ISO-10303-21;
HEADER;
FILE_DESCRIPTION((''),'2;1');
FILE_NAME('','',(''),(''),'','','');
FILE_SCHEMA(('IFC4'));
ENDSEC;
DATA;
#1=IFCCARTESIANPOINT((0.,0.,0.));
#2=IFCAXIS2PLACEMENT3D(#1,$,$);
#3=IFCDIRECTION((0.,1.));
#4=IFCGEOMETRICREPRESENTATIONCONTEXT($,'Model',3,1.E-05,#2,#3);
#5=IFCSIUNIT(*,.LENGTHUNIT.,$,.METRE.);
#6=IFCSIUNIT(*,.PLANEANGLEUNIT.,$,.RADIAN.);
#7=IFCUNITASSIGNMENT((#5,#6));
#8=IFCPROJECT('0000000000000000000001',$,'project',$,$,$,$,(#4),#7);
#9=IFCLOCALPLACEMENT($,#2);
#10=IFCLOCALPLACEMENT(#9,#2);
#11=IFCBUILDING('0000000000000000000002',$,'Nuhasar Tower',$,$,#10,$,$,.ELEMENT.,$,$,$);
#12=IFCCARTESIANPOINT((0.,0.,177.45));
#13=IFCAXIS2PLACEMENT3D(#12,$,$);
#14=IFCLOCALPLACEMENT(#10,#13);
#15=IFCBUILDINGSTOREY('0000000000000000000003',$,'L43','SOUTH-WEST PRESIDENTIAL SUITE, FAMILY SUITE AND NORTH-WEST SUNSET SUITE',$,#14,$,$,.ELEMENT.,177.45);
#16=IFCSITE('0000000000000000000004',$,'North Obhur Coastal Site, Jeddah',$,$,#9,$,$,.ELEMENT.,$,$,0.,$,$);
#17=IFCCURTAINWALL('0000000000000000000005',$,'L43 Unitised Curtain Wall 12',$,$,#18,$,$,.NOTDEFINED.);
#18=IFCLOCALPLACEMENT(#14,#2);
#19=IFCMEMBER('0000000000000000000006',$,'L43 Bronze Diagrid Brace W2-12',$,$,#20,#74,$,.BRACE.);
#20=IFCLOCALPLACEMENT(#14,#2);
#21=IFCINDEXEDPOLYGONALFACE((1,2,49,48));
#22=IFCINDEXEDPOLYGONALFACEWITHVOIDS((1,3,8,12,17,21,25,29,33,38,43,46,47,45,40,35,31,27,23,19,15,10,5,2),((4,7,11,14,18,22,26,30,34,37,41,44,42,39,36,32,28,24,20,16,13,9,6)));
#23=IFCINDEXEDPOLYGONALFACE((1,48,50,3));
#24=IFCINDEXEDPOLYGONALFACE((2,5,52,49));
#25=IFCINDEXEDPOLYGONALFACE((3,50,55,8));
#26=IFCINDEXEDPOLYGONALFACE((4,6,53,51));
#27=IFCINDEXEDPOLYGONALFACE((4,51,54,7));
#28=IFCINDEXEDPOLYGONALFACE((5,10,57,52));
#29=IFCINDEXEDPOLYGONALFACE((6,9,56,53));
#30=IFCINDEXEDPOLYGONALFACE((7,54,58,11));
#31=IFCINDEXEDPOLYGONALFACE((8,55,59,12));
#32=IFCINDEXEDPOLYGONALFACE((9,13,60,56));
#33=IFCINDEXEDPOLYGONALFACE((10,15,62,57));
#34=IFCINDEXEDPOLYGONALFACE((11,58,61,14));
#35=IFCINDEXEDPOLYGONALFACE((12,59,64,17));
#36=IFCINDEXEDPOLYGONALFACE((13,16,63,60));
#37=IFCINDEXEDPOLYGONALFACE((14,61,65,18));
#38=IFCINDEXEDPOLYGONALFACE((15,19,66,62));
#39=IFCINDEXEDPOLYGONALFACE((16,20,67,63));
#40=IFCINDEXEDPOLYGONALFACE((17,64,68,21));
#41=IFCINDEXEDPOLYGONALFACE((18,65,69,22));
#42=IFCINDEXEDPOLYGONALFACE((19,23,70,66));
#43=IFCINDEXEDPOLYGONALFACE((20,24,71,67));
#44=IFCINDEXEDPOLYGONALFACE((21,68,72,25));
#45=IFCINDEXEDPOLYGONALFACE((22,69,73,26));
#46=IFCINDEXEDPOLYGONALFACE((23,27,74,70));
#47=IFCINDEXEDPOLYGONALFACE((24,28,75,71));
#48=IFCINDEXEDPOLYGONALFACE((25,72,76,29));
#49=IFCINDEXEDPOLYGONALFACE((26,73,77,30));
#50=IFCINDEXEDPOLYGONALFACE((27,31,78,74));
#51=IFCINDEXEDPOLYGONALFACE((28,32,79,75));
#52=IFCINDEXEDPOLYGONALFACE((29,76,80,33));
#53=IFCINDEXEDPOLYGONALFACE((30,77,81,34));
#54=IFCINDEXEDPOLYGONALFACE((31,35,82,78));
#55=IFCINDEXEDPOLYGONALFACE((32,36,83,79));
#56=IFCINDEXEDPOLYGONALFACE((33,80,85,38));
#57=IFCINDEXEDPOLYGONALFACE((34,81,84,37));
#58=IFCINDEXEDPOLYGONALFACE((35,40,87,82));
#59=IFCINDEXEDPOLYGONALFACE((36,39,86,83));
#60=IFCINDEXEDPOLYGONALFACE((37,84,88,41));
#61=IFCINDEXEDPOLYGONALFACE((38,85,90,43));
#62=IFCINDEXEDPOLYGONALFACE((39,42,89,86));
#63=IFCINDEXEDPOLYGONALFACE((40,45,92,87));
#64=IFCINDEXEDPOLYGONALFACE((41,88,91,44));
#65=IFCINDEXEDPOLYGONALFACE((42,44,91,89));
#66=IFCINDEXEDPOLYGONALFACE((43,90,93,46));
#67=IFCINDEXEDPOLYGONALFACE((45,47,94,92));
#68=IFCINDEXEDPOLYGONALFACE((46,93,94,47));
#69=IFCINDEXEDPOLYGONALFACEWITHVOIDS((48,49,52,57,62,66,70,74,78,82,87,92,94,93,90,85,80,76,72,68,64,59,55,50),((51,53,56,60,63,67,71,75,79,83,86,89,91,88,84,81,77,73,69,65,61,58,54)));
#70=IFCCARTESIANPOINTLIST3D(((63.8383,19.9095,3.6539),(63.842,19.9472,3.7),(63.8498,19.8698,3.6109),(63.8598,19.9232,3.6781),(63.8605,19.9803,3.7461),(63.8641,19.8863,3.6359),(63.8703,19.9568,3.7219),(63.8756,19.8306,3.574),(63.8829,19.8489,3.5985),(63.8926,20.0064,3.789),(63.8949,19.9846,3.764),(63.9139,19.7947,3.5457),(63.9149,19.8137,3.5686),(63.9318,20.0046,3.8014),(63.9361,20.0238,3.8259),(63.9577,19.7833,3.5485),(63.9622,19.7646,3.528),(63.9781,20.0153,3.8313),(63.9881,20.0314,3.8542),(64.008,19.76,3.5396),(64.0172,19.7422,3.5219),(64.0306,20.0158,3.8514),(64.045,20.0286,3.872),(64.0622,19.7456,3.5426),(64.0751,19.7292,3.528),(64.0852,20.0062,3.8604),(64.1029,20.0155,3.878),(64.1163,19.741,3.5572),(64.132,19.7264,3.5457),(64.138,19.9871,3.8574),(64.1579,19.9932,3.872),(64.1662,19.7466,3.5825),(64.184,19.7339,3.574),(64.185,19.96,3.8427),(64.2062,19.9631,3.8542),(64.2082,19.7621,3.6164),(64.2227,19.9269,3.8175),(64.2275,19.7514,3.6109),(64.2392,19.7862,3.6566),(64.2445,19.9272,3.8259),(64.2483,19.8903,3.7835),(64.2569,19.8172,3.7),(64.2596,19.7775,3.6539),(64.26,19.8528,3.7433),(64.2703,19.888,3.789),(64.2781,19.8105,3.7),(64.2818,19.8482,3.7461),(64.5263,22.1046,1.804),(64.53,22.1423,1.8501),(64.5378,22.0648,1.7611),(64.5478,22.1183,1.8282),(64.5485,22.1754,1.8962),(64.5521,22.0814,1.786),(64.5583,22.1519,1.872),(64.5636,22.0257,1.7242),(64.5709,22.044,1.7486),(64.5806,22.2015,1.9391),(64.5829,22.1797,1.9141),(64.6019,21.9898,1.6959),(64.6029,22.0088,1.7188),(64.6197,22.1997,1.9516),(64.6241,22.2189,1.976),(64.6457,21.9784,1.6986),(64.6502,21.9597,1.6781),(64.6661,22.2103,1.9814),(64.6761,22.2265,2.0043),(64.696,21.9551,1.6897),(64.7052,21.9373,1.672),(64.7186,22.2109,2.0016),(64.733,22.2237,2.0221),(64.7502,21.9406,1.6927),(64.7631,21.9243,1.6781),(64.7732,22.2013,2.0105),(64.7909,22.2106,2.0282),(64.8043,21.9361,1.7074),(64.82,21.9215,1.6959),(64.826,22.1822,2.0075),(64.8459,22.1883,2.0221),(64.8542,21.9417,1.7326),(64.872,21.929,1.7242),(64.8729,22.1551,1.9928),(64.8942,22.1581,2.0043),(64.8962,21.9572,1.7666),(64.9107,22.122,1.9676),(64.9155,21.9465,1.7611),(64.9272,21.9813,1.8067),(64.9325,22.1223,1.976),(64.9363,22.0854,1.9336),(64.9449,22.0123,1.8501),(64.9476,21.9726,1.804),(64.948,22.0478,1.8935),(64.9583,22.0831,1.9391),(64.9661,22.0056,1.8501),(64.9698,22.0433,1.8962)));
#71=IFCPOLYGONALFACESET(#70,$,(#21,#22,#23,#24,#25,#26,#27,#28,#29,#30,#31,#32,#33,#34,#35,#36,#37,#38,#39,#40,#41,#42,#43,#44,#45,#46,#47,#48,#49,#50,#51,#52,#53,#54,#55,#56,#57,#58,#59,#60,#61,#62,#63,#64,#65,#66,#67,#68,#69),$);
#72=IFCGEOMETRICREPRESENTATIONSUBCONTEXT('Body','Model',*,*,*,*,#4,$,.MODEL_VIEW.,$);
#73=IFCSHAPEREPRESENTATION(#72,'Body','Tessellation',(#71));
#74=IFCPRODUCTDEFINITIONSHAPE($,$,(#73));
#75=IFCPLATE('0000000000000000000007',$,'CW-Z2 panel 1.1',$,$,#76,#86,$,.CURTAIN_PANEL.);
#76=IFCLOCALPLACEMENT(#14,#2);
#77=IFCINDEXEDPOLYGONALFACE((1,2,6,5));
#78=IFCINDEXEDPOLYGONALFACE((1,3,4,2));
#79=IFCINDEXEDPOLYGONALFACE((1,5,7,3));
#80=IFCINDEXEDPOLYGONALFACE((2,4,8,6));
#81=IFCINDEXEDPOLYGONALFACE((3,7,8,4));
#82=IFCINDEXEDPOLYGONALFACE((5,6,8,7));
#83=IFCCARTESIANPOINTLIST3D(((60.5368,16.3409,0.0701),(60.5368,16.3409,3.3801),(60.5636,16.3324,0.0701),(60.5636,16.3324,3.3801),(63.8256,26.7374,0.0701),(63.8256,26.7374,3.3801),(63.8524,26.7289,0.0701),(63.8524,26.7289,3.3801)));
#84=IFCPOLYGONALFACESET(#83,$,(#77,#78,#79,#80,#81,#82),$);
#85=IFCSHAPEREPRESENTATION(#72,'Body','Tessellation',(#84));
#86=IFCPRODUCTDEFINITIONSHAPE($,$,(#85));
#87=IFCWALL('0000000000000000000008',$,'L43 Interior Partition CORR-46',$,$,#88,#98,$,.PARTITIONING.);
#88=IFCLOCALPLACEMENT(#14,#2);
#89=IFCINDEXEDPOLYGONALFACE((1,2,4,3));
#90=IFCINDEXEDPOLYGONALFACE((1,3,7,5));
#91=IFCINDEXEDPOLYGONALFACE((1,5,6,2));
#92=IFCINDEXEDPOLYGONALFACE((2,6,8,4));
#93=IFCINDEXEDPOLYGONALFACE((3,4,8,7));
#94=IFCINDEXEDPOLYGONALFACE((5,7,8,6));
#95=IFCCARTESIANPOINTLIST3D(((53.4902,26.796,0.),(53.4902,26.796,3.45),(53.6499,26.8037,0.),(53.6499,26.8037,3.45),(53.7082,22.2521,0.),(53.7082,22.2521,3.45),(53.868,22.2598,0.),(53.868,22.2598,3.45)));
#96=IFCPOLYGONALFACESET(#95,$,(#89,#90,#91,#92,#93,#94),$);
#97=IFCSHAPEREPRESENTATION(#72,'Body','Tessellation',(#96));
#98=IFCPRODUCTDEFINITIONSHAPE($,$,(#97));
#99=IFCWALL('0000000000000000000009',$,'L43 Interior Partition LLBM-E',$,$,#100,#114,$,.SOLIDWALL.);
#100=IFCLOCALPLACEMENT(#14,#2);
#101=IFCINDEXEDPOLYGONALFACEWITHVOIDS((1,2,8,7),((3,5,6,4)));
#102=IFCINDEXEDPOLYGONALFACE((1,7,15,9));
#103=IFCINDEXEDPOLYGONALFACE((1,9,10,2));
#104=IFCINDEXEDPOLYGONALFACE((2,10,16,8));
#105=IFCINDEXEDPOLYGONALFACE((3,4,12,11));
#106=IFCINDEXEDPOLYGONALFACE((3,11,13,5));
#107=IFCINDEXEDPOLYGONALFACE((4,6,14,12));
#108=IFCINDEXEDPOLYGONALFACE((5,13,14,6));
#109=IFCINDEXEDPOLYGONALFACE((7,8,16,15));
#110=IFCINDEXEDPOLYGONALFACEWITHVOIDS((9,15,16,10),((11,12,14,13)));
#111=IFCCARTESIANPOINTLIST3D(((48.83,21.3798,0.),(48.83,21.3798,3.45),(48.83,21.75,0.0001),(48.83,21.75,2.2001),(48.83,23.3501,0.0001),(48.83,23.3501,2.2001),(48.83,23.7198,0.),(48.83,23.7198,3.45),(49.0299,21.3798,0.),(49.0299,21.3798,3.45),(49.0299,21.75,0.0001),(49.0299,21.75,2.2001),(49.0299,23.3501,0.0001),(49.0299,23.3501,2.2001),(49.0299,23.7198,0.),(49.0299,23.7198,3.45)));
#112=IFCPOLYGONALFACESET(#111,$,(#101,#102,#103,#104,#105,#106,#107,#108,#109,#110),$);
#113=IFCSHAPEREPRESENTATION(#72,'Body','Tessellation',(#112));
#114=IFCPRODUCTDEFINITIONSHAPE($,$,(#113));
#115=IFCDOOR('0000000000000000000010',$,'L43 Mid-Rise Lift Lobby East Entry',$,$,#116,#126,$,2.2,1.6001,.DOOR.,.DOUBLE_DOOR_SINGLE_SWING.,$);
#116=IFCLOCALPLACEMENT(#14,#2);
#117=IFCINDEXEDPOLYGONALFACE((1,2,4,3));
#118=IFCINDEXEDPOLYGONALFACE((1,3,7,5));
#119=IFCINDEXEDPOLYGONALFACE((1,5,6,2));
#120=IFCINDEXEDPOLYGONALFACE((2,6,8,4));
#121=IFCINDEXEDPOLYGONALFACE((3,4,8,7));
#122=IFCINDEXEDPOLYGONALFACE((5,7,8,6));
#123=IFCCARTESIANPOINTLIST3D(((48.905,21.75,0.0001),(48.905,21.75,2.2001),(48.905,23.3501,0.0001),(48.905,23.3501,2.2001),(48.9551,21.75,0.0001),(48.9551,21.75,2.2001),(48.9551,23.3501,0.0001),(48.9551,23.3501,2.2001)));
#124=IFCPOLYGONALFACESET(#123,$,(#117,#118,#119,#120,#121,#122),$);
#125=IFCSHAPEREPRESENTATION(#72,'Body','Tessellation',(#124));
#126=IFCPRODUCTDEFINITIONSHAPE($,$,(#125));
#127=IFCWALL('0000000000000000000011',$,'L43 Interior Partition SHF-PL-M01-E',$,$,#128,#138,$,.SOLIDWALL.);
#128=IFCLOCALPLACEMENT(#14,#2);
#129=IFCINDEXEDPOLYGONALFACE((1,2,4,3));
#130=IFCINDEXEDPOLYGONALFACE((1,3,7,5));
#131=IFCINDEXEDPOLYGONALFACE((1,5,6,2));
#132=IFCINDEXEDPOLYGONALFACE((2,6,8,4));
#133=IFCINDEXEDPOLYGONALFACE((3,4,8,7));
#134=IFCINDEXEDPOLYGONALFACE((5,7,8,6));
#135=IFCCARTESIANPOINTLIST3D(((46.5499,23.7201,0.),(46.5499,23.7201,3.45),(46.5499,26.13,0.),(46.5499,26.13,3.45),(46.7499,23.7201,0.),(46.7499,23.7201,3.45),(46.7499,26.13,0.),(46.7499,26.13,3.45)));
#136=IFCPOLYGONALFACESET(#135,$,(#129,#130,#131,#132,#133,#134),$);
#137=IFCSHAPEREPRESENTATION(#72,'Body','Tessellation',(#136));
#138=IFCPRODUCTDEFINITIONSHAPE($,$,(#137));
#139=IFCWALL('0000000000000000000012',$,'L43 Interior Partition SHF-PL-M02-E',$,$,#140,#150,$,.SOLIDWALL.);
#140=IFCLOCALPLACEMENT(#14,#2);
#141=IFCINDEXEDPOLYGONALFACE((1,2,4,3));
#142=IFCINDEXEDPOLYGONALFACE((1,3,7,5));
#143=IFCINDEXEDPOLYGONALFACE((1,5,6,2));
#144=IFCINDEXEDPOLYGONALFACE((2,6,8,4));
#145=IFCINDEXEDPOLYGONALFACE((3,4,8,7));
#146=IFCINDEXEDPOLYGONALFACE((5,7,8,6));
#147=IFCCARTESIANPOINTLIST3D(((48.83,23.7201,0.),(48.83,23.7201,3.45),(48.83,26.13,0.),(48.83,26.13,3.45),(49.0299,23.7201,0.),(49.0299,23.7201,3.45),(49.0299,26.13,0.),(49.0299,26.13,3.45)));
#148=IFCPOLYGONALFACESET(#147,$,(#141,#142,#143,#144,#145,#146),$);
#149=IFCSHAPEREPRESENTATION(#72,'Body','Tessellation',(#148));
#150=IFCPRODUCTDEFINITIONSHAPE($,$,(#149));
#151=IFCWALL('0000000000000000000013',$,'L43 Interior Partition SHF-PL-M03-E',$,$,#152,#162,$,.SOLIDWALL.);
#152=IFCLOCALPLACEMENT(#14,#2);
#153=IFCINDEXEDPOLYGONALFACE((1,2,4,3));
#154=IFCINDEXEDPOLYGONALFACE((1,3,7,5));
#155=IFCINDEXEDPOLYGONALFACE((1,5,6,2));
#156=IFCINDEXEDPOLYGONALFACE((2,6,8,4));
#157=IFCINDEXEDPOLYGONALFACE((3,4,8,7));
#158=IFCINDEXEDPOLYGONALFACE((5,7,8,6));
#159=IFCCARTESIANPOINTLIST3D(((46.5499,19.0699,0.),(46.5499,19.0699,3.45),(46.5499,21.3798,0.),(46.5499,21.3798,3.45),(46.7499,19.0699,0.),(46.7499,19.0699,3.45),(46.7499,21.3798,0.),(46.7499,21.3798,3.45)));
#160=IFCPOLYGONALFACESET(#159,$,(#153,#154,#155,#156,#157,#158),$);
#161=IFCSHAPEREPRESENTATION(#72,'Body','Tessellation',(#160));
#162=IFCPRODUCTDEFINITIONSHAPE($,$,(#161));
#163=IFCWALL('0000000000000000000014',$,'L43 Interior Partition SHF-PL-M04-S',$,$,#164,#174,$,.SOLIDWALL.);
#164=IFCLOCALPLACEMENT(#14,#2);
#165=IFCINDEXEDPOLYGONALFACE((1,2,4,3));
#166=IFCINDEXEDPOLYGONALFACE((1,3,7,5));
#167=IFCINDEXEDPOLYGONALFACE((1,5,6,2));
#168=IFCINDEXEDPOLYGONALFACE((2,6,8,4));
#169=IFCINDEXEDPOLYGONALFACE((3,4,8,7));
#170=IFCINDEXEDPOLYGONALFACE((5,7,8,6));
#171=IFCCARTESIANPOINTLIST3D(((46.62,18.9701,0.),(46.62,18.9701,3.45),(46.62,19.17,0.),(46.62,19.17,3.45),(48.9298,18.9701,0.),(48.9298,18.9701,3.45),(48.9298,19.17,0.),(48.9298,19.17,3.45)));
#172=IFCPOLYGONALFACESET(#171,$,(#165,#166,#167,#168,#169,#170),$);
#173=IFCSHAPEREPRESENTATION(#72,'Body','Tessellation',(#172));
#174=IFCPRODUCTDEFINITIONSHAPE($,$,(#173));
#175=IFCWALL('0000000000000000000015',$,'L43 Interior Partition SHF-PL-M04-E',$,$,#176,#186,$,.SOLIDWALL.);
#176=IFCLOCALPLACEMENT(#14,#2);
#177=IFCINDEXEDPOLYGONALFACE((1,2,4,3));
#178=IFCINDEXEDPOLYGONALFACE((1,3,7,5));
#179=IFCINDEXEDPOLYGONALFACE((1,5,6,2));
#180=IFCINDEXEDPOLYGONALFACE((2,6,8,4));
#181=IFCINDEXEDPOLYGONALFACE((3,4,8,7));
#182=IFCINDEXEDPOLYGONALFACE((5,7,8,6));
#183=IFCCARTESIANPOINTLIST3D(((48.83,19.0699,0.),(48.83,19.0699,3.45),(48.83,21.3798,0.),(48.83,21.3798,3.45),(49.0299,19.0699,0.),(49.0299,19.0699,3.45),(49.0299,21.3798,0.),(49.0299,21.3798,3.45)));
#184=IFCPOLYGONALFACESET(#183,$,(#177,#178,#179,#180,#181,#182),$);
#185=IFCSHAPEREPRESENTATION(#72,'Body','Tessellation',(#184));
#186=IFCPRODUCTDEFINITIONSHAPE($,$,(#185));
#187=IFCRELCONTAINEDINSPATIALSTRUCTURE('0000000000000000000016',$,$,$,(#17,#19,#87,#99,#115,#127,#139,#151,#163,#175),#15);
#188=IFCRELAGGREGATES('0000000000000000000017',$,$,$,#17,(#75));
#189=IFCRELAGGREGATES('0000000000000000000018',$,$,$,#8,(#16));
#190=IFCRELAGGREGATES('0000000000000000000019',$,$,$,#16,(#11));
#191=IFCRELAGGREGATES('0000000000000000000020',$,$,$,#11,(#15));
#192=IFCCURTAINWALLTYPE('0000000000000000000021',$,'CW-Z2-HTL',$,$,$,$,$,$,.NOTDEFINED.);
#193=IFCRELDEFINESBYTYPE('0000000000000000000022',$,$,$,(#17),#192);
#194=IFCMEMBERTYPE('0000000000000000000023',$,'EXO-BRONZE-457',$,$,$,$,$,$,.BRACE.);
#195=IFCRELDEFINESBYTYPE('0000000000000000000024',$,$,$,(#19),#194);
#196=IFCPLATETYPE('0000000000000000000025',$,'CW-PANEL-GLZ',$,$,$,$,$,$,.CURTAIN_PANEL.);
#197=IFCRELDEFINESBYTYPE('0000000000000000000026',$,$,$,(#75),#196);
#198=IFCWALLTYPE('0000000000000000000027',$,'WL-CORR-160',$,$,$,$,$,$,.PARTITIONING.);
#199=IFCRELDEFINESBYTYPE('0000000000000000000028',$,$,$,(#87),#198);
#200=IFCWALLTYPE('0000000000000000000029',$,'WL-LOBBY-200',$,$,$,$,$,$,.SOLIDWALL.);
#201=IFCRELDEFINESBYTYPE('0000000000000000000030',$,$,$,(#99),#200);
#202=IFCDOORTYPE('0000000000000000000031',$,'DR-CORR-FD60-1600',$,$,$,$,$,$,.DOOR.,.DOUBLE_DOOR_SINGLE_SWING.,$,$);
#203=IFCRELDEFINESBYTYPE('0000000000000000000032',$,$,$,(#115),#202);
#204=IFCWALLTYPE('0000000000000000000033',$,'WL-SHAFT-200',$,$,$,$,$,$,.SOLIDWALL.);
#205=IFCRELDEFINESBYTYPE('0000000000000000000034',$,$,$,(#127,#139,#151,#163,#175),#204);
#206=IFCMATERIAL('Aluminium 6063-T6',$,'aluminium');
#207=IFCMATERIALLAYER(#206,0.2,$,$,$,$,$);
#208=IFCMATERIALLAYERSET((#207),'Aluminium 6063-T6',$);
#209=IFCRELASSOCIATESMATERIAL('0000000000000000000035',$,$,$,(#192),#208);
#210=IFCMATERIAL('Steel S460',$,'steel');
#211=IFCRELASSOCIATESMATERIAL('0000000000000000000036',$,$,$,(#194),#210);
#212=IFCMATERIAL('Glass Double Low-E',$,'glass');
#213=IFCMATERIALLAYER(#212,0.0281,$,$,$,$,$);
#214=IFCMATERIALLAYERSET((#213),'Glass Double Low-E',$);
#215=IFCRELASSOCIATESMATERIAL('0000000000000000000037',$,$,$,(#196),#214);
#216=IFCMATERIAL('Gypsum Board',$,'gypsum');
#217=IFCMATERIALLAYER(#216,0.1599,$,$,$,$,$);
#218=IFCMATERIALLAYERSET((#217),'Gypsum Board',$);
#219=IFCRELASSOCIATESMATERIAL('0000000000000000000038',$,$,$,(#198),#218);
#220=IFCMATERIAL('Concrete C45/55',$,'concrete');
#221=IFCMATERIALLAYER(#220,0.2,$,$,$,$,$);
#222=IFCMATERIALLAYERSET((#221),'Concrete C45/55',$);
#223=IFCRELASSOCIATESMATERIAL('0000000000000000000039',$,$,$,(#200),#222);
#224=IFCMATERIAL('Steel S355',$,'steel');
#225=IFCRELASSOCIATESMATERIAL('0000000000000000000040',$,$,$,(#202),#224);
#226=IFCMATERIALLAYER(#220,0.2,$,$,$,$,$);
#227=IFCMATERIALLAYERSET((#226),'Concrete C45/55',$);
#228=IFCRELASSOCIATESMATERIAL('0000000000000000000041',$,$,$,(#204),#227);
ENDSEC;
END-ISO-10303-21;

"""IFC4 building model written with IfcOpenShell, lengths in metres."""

from ifc_helpers import new_model, si_unit, direction, frame, frame_2d, origin, origin_2d, place, context, subcontext, project, spatial, rectangle, hollow_circle, extrude, material, layer, layer_set, material_profile, profile_set, type_object, element, fill, aggregate, save


model = new_model("IFC4")

# Units and contexts
model_context = context("Model", 3, precision=1e-05, world=origin(), true_north=direction((0.0, 1.0)))
body_context = subcontext(model_context, "Body", "Model", "MODEL_VIEW")
ifc_project = project(units=[si_unit("LENGTHUNIT", "METRE"), si_unit("PLANEANGLEUNIT", "RADIAN")], contexts=[model_context])

# Site, building, storey
site_placement = place(None, origin())
site = spatial("IfcSite", under=ifc_project, at=site_placement, Name="North Obhur Coastal Site, Jeddah", CompositionType="ELEMENT", RefElevation=0.0)
building_placement = place(site_placement, origin())
building = spatial("IfcBuilding", under=site, at=building_placement, Name="Nuhasar Tower", CompositionType="ELEMENT")
storey_placement = place(building_placement, frame((0.0, 0.0, 177.45)))
storey = spatial("IfcBuildingStorey", under=building, at=storey_placement, Name="L43", Description="SOUTH-WEST PRESIDENTIAL SUITE, FAMILY SUITE AND NORTH-WEST SUNSET SUITE", CompositionType="ELEMENT", Elevation=177.45)

# Shared definitions
ifc_material_1 = material(Name="Steel S355", Category="steel")

# Curtain wall
ifc_material_2 = material(Name="Aluminium 6063-T6", Category="aluminium")
ifc_layer_1 = layer(ifc_material_2, 0.2)
ifc_layer_set_1 = layer_set([ifc_layer_1], Name="Aluminium 6063-T6")
curtain_wall_type = type_object("IfcCurtainWallType", Name="CW-Z2-HTL", PredefinedType="NOTDEFINED", material=ifc_layer_set_1)
curtain_wall_placement = place(storey_placement, origin())
curtain_wall = element("IfcCurtainWall", 1, at=curtain_wall_placement, inside=storey, type_object=curtain_wall_type, Name="L43 Unitised Curtain Wall 12", PredefinedType="NOTDEFINED")

# Member
ifc_material_3 = material(Name="Steel S460", Category="steel")
ifc_material_profile_1 = material_profile(ifc_material_3, hollow_circle(Radius=0.2285, WallThickness=0.0222, at=origin_2d()), Name="HSS457X22.2")
ifc_profile_set_1 = profile_set([ifc_material_profile_1], Name="Steel S460")
member_type_1 = type_object("IfcMemberType", Name="EXO-BRONZE-457", PredefinedType="BRACE", material=ifc_profile_set_1)
member_1_placement = place(storey_placement, frame((64.748, 22.074, 1.8501), z_axis=(-0.233068, -0.743616, 0.626669), x_axis=(0.954228, -0.299079, 0.0)))
element("IfcMember", 2, at=member_1_placement, inside=storey, type_object=member_type_1, Name="L43 Bronze Diagrid Brace W2-12", PredefinedType="BRACE", context=body_context, shape_type="SweptSolid", body=[
    extrude(hollow_circle(Radius=0.2285, WallThickness=0.0222, at=origin_2d()), origin(), (0.0, 0.0, 1.0), 2.9519),
])

# Plate
ifc_material_4 = material(Name="Glass Double Low-E", Category="glass")
ifc_layer_2 = layer(ifc_material_4, 0.0281)
ifc_layer_set_2 = layer_set([ifc_layer_2], Name="Glass Double Low-E")
plate_type = type_object("IfcPlateType", Name="CW-PANEL-GLZ", PredefinedType="CURTAIN_PANEL", material=ifc_layer_set_2)
plate_placement = place(storey_placement, frame((62.1946, 21.5349, 0.0701), z_axis=(0.0, 0.0, 1.0), x_axis=(0.301604, 0.953433, 0.0)))
plate = element("IfcPlate", 3, at=plate_placement, type_object=plate_type, Name="CW-Z2 panel 1.1", PredefinedType="CURTAIN_PANEL", context=body_context, shape_type="SweptSolid", body=[
    extrude(rectangle(XDim=10.9043, YDim=0.0281, at=origin_2d()), origin(), (0.0, 0.0, 1.0), 3.3101),
])
aggregate(curtain_wall, [plate])

# Shared definitions
ifc_material_5 = material(Name="Gypsum Board", Category="gypsum")
ifc_layer_3 = layer(ifc_material_5, 0.1599)
ifc_layer_set_3 = layer_set([ifc_layer_3], Name="Gypsum Board")
wall_type_1 = type_object("IfcWallType", Name="WL-CORR-160", PredefinedType="PARTITIONING", material=ifc_layer_set_3)

# Wall
wall_1_placement = place(storey_placement, frame((53.7881, 22.2561, 0.0), z_axis=(0.0, 0.0, 1.0), x_axis=(-0.047925, 0.998851, 0.0)))
element("IfcWall", 4, at=wall_1_placement, inside=storey, type_object=wall_type_1, Name="L43 Interior Partition CORR-46", PredefinedType="PARTITIONING", context=body_context, shape_type="SweptSolid", body=[
    extrude(rectangle(XDim=4.5491, YDim=0.1599, at=frame_2d((2.2744, 0.0))), origin(), (0.0, 0.0, 1.0), 3.45),
])

# Wall, opening, door
ifc_material_6 = material(Name="Concrete C45/55", Category="concrete")
ifc_layer_4 = layer(ifc_material_6, 0.2)
ifc_layer_set_4 = layer_set([ifc_layer_4], Name="Concrete C45/55")
wall_type_2 = type_object("IfcWallType", Name="WL-LOBBY-200", PredefinedType="SOLIDWALL", material=ifc_layer_set_4)
wall_2_placement = place(storey_placement, frame((48.9299, 21.3799, 0.0), z_axis=(0.0, 0.0, 1.0), x_axis=(0.0, 1.0, 0.0)))
wall_2 = element("IfcWall", 5, at=wall_2_placement, inside=storey, type_object=wall_type_2, Name="L43 Interior Partition LLBM-E", PredefinedType="SOLIDWALL", context=body_context, shape_type="SweptSolid", body=[
    extrude(rectangle(XDim=2.3401, YDim=0.2, at=frame_2d((1.1699, 0.0))), origin(), (0.0, 0.0, 1.0), 3.45),
])
opening_1_placement = place(wall_2_placement, frame((0.3701, 0.0, 0.0)))
opening_1 = element("IfcOpeningElement", 6, at=opening_1_placement, cuts=wall_2, PredefinedType="OPENING", context=body_context, shape_type="SweptSolid", body=[
    extrude(rectangle(XDim=1.6001, YDim=2.2, at=frame_2d((0.8, 1.1001))), frame((0.0, 0.1099, 0.0), z_axis=(0.0, -1.0, 0.0), x_axis=(1.0, 0.0, 0.0)), (0.0, 0.0, 1.0), 0.22),
])
door_type_1 = type_object("IfcDoorType", Name="DR-CORR-FD60-1600", OperationType="DOUBLE_DOOR_SINGLE_SWING", PredefinedType="DOOR", material=ifc_material_1)
door_1_placement = place(opening_1_placement, origin())
door_1 = element("IfcDoor", 7, at=door_1_placement, inside=storey, type_object=door_type_1, Name="L43 Mid-Rise Lift Lobby East Entry", OperationType="DOUBLE_DOOR_SINGLE_SWING", OverallHeight=2.2, OverallWidth=1.6001, PredefinedType="DOOR", context=body_context, shape_type="SweptSolid", body=[
    extrude(rectangle(XDim=1.6001, YDim=2.2, at=frame_2d((0.8, 1.1001))), frame((0.0, 0.0249, 0.0), z_axis=(0.0, -1.0, 0.0), x_axis=(1.0, 0.0, 0.0)), (0.0, 0.0, 1.0), 0.05),
])
fill(opening_1, door_1)

# Wall
ifc_layer_5 = layer(ifc_material_6, 0.2)
ifc_layer_set_5 = layer_set([ifc_layer_5], Name="Concrete C45/55")
wall_type_3 = type_object("IfcWallType", Name="WL-SHAFT-200", PredefinedType="SOLIDWALL", material=ifc_layer_set_5)
wall_3_placement = place(storey_placement, frame((46.6499, 23.72, 0.0), z_axis=(0.0, 0.0, 1.0), x_axis=(0.0, 1.0, 0.0)))
element("IfcWall", 8, at=wall_3_placement, inside=storey, type_object=wall_type_3, Name="L43 Interior Partition SHF-PL-M01-E", PredefinedType="SOLIDWALL", context=body_context, shape_type="SweptSolid", body=[
    extrude(rectangle(XDim=2.4099, YDim=0.2, at=frame_2d((1.2051, 0.0))), origin(), (0.0, 0.0, 1.0), 3.45),
])

# Walls
wall_4_placement = place(storey_placement, frame((48.9299, 23.72, 0.0), z_axis=(0.0, 0.0, 1.0), x_axis=(0.0, 1.0, 0.0)))
element("IfcWall", 9, at=wall_4_placement, inside=storey, type_object=wall_type_3, Name="L43 Interior Partition SHF-PL-M02-E", PredefinedType="SOLIDWALL", context=body_context, shape_type="SweptSolid", body=[
    extrude(rectangle(XDim=2.4099, YDim=0.2, at=frame_2d((1.2051, 0.0))), origin(), (0.0, 0.0, 1.0), 3.45),
])
for number, where, z_axis, x_axis, name in (
    (10, (46.6499, 19.0701, 0.0), (0.0, 0.0, 1.0), (0.0, 1.0, 0.0), "L43 Interior Partition SHF-PL-M03-E"),
    (11, (46.6201, 19.0701, 0.0), (0.0, 0.0, 1.0), (1.0, 0.0, 0.0), "L43 Interior Partition SHF-PL-M04-S"),
):
    element("IfcWall", number, at=place(storey_placement, frame(where, z_axis=z_axis, x_axis=x_axis)), inside=storey, type_object=wall_type_3, Name=name, PredefinedType="SOLIDWALL", context=body_context, shape_type="SweptSolid", body=[
        extrude(rectangle(XDim=2.3098, YDim=0.2, at=frame_2d((1.1548, 0.0))), origin(), (0.0, 0.0, 1.0), 3.45),
    ])

# Wall
wall_5_placement = place(storey_placement, frame((48.9299, 19.0701, 0.0), z_axis=(0.0, 0.0, 1.0), x_axis=(0.0, 1.0, 0.0)))
element("IfcWall", 12, at=wall_5_placement, inside=storey, type_object=wall_type_3, Name="L43 Interior Partition SHF-PL-M04-E", PredefinedType="SOLIDWALL", context=body_context, shape_type="SweptSolid", body=[
    extrude(rectangle(XDim=2.3098, YDim=0.2, at=frame_2d((1.1548, 0.0))), origin(), (0.0, 0.0, 1.0), 3.45),
])

save(model, "model.ifc")
